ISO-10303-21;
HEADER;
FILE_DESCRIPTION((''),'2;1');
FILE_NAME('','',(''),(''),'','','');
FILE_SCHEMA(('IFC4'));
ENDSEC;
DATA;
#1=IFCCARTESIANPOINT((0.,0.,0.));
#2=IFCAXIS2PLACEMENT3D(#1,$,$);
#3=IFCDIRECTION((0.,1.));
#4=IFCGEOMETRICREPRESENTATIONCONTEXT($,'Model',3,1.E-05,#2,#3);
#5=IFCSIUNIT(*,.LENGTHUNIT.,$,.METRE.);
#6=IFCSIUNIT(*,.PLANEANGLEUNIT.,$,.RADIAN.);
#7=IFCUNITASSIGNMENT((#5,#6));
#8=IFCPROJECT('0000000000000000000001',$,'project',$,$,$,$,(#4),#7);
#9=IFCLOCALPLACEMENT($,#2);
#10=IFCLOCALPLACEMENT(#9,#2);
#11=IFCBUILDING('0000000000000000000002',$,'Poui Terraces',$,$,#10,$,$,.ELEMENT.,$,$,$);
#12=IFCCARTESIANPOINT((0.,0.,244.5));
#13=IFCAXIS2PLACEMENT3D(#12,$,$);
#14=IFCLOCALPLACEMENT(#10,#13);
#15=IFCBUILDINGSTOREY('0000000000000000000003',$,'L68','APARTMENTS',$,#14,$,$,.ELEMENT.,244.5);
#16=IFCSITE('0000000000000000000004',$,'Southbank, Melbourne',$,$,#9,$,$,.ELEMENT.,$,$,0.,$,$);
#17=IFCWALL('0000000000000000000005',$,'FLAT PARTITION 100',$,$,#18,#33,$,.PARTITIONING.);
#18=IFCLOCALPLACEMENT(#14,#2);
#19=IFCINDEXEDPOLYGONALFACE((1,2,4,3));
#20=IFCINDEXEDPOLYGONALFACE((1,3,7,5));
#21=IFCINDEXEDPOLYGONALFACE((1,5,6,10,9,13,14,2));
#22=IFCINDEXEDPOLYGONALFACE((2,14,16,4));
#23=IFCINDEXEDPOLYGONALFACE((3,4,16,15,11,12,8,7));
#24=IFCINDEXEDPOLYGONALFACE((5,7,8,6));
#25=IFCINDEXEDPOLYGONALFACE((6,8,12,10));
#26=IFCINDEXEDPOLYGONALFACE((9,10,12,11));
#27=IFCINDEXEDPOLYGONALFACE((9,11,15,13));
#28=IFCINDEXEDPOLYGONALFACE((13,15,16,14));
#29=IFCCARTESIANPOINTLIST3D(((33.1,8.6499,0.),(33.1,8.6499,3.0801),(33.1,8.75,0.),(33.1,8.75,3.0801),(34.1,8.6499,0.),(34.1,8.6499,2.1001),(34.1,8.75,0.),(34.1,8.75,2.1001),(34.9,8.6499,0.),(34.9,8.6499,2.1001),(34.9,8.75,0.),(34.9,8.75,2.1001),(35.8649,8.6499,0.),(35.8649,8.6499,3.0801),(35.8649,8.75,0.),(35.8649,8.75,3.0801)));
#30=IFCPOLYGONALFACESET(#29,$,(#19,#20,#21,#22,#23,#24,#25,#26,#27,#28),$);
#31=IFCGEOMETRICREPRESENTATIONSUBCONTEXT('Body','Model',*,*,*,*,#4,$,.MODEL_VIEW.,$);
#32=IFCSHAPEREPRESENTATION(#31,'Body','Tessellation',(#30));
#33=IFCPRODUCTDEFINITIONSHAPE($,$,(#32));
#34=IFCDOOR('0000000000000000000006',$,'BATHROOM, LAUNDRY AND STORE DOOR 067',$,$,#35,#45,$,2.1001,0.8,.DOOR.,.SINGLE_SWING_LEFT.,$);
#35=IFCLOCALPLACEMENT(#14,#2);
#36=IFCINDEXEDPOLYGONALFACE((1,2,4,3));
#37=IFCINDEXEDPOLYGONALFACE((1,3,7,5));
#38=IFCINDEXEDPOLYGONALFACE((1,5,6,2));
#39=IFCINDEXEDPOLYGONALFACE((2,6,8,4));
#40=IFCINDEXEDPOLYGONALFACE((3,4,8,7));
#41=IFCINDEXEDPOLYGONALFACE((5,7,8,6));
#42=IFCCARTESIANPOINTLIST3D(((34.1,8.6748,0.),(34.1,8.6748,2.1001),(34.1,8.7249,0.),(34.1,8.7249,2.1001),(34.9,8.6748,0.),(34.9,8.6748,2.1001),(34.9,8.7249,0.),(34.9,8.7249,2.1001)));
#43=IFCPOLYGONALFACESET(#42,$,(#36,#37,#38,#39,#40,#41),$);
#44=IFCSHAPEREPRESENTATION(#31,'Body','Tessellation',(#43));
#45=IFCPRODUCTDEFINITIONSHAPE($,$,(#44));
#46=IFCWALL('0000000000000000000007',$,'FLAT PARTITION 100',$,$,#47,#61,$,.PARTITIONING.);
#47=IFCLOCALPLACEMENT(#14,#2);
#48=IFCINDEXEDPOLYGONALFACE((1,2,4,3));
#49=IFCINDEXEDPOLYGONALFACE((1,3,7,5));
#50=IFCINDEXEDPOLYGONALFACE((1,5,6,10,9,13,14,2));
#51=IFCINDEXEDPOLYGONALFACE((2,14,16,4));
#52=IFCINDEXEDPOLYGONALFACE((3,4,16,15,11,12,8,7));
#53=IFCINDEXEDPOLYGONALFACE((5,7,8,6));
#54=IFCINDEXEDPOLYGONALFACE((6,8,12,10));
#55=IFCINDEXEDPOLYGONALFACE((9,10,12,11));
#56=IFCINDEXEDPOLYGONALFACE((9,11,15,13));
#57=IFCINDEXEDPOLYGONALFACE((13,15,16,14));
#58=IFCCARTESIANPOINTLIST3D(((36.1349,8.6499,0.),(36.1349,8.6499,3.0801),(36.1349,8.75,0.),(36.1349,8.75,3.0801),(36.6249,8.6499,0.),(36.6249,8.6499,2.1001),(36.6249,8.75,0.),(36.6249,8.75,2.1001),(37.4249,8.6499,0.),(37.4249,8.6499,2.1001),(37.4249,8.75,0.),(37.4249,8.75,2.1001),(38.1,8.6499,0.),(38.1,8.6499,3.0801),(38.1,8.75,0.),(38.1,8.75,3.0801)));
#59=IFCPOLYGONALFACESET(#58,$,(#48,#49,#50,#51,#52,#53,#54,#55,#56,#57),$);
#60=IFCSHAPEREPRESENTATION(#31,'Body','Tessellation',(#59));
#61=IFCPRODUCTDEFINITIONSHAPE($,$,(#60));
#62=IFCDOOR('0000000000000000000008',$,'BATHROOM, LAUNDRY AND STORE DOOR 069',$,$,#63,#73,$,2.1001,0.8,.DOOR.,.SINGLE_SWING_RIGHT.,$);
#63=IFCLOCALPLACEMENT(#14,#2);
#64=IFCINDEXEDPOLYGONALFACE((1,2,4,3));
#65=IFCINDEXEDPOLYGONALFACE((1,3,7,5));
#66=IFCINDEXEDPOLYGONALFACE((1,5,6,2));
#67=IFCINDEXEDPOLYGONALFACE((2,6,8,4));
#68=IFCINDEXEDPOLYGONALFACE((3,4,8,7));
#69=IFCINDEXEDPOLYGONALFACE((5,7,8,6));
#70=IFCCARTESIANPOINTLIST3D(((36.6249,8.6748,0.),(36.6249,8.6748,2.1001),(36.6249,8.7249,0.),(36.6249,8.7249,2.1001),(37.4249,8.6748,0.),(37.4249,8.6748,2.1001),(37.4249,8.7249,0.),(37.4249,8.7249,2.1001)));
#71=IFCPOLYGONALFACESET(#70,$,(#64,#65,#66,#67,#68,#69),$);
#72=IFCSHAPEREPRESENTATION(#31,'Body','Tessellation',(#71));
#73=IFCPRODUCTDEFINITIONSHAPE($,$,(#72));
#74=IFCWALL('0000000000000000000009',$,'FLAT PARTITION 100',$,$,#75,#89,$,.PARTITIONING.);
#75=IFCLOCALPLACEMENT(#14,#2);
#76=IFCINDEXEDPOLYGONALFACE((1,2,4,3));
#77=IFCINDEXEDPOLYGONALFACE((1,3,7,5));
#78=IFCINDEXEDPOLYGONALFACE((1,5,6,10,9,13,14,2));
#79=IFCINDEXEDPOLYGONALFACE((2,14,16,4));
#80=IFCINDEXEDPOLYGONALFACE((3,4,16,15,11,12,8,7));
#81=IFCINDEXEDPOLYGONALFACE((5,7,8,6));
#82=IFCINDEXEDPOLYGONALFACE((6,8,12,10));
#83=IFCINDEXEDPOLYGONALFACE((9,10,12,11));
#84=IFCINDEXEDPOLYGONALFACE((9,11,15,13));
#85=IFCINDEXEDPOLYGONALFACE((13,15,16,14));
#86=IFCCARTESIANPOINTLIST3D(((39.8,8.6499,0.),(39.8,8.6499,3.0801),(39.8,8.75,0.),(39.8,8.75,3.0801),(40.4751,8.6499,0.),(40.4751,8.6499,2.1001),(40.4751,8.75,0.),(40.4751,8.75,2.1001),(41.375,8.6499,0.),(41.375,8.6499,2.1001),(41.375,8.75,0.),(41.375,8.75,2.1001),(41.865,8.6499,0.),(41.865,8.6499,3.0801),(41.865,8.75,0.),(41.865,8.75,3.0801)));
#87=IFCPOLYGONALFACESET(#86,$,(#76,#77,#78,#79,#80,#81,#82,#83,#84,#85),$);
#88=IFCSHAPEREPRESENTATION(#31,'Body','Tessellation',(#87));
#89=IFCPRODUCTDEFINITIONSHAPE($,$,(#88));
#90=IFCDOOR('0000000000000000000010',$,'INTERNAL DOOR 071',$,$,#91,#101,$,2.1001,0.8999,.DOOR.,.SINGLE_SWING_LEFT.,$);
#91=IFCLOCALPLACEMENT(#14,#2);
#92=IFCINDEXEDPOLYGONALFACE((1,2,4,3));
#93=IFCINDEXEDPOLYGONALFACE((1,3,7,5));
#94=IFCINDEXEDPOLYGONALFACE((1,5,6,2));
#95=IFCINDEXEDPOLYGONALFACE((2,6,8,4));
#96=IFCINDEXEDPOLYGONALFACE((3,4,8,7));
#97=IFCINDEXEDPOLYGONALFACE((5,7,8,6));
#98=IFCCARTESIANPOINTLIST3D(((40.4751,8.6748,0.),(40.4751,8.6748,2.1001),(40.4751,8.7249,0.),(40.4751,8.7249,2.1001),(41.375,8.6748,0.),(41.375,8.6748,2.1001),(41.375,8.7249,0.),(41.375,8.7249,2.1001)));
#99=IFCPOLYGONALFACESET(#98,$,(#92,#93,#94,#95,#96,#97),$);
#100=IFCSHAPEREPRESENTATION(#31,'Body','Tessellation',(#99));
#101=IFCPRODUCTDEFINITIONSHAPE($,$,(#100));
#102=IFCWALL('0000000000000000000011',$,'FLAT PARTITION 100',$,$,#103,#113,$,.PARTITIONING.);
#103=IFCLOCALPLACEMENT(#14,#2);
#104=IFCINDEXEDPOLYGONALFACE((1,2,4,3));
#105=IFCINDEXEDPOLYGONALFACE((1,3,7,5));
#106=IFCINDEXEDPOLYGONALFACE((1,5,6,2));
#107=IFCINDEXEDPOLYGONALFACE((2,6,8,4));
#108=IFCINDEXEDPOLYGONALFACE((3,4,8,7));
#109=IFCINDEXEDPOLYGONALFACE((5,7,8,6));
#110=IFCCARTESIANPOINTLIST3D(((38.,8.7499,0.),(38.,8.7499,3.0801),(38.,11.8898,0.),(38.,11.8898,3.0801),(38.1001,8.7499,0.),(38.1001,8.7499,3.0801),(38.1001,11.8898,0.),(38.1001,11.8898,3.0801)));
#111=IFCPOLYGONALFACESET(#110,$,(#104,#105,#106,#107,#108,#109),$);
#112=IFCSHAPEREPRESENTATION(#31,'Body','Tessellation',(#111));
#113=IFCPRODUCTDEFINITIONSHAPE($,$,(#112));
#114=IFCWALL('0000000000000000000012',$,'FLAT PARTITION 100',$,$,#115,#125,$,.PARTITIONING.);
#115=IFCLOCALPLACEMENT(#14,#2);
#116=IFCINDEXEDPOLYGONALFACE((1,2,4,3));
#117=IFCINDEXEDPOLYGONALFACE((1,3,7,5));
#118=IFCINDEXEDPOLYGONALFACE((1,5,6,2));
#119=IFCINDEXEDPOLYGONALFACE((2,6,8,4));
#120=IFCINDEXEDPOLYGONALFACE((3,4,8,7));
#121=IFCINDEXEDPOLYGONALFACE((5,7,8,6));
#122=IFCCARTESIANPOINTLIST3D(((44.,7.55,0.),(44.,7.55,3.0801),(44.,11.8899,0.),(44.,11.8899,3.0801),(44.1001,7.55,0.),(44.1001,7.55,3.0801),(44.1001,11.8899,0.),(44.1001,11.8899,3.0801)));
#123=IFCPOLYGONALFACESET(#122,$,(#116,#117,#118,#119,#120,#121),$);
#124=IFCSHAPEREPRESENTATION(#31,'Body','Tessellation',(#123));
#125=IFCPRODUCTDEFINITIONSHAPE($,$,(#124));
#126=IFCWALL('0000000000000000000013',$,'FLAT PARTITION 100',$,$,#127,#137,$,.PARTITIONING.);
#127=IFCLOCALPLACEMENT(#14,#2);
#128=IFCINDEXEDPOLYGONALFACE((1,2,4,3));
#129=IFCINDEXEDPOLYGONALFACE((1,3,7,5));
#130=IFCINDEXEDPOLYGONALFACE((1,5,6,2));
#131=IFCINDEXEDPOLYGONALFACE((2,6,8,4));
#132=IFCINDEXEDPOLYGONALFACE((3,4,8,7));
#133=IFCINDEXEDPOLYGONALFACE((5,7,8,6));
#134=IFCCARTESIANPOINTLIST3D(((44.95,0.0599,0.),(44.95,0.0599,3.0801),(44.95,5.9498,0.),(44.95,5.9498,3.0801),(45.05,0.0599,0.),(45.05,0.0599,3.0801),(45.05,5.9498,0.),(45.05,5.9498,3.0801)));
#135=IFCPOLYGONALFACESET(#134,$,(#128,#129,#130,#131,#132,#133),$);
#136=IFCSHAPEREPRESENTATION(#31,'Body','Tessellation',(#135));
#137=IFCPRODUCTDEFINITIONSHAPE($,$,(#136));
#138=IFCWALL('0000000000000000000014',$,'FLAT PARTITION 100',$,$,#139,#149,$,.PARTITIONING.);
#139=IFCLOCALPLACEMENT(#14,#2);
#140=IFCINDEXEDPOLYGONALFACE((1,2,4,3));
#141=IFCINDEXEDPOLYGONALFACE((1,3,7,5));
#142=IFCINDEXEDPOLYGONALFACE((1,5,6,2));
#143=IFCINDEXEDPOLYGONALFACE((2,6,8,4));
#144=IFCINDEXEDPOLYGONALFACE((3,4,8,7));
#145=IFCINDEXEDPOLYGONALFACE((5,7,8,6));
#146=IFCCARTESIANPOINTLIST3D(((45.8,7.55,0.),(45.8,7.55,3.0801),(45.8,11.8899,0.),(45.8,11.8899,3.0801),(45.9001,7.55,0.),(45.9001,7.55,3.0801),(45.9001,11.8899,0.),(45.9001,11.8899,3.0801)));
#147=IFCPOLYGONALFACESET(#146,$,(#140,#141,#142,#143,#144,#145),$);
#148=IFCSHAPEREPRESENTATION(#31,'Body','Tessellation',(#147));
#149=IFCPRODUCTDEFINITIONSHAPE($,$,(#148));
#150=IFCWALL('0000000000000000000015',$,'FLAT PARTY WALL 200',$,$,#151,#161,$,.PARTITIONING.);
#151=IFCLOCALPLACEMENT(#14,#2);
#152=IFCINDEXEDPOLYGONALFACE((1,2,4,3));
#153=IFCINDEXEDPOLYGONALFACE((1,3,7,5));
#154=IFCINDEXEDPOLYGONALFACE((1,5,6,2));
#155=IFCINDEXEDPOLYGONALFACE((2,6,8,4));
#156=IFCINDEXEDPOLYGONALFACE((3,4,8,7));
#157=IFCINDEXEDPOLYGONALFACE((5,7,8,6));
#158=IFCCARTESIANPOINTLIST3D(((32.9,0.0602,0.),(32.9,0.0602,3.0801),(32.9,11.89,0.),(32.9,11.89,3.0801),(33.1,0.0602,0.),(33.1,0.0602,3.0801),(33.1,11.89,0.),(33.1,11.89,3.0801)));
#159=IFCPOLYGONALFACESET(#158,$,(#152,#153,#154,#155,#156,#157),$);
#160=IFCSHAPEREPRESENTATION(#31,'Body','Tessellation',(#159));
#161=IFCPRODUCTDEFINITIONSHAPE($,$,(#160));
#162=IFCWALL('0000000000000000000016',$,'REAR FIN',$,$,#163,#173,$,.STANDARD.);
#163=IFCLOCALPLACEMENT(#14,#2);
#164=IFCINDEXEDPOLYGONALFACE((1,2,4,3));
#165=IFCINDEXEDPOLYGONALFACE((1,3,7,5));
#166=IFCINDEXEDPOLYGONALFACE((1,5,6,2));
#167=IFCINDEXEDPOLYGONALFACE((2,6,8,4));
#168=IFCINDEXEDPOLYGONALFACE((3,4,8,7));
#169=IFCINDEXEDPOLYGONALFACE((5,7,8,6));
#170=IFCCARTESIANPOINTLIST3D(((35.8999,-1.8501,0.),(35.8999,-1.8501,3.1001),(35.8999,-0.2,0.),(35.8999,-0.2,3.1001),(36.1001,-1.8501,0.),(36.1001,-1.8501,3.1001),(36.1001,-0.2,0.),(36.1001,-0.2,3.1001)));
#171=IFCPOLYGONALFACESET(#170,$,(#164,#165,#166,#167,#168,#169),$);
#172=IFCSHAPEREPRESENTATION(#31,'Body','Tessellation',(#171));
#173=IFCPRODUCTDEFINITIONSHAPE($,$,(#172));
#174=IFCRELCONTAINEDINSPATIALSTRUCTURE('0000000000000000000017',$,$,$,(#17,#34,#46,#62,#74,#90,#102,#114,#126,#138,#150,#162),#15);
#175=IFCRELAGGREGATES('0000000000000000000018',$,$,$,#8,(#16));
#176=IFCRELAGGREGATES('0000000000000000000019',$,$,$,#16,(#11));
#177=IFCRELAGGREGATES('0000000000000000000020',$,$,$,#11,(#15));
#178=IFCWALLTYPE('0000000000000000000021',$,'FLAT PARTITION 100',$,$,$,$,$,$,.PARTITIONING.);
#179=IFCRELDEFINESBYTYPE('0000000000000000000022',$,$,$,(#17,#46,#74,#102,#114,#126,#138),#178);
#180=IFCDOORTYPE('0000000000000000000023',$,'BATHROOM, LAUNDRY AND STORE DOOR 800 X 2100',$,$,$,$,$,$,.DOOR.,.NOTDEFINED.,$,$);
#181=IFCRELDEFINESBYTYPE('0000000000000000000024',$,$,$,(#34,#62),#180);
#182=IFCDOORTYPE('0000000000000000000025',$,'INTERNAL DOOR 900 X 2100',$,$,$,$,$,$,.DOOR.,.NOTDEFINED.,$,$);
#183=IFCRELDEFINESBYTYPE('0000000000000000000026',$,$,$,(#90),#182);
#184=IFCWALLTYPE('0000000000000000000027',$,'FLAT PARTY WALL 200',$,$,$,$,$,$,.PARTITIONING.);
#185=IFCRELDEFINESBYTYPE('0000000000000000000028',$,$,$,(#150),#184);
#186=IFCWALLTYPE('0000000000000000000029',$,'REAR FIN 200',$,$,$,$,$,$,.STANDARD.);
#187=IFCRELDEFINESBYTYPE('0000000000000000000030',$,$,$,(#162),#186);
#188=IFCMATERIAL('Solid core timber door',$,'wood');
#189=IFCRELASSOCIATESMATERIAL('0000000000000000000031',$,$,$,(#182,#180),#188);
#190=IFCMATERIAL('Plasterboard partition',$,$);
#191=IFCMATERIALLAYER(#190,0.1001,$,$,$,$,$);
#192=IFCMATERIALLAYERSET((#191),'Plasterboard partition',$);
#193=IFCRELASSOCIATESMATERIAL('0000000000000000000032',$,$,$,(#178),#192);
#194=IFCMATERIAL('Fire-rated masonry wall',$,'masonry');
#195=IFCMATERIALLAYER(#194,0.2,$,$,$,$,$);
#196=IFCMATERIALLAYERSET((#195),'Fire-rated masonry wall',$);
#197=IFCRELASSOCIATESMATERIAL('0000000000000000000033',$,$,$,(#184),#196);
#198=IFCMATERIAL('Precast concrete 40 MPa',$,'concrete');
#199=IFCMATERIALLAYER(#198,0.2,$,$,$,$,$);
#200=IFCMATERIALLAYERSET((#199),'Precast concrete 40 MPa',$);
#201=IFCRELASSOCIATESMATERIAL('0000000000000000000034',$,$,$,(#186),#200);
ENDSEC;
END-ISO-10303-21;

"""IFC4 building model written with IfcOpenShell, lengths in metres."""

from ifc_helpers import new_model, si_unit, direction, frame, frame_2d, origin, place, context, subcontext, project, spatial, polyline, rectangle, outline, extrude, source, transform, mapped, material, layer, layer_set, type_object, element, fill, save


model = new_model("IFC4")

# Units and contexts
model_context = context("Model", 3, precision=1e-05, world=origin(), true_north=direction((0.0, 1.0)))
body_context = subcontext(model_context, "Body", "Model", "MODEL_VIEW")
ifc_project = project(units=[si_unit("LENGTHUNIT", "METRE"), si_unit("PLANEANGLEUNIT", "RADIAN")], contexts=[model_context])

# Site, building, storey
site_placement = place(None, origin())
site = spatial("IfcSite", under=ifc_project, at=site_placement, Name="Southbank, Melbourne", CompositionType="ELEMENT", RefElevation=0.0)
building_placement = place(site_placement, origin())
building = spatial("IfcBuilding", under=site, at=building_placement, Name="Poui Terraces", CompositionType="ELEMENT")
storey_placement = place(building_placement, frame((0.0, 0.0, 244.5)))
storey = spatial("IfcBuildingStorey", under=building, at=storey_placement, Name="L68", Description="APARTMENTS", CompositionType="ELEMENT", Elevation=244.5)

# Shared definitions
ifc_material_1 = material(Name="Precast concrete 40 MPa", Category="concrete")

# Shared definitions
ifc_material_2 = material(Name="Solid core timber door", Category="wood")
door_type_1 = type_object("IfcDoorType", Name="INTERNAL DOOR 900 X 2100", OperationType="NOTDEFINED", PredefinedType="DOOR", material=ifc_material_2)

# Walls, openings, doors
ifc_material_3 = material(Name="Plasterboard partition")
ifc_layer_1 = layer(ifc_material_3, 0.1001)
ifc_layer_set_1 = layer_set([ifc_layer_1], Name="Plasterboard partition")
wall_type_1 = type_object("IfcWallType", Name="FLAT PARTITION 100", PredefinedType="PARTITIONING", material=ifc_layer_set_1)
door_type_2 = type_object("IfcDoorType", Name="BATHROOM, LAUNDRY AND STORE DOOR 800 X 2100", OperationType="NOTDEFINED", PredefinedType="DOOR", material=ifc_material_2)
wall_1_placement = place(storey_placement, frame((33.1001, 8.7, 0.0), z_axis=(0.0, 0.0, 1.0), x_axis=(1.0, 0.0, 0.0)))
wall_1 = element("IfcWall", 1, at=wall_1_placement, inside=storey, type_object=wall_type_1, Name="FLAT PARTITION 100", PredefinedType="PARTITIONING", context=body_context, shape_type="SweptSolid", body=[
    extrude(rectangle(XDim=2.7649, YDim=0.1001, at=frame_2d((1.3823, 0.0))), origin(), (0.0, 0.0, 1.0), 3.0801),
])
opening_1_placement = place(wall_1_placement, frame((1.0, 0.0, 0.0)))
opening_1 = element("IfcOpeningElement", 2, at=opening_1_placement, cuts=wall_1, PredefinedType="OPENING", context=body_context, shape_type="SweptSolid", body=[
    extrude(rectangle(XDim=0.8, YDim=2.1001, at=frame_2d((0.3999, 1.05))), frame((0.0, 0.0601, 0.0), z_axis=(0.0, -1.0, 0.0), x_axis=(1.0, 0.0, 0.0)), (0.0, 0.0, 1.0), 0.1201),
])
door_1_placement = place(opening_1_placement, origin())
door_1 = element("IfcDoor", 3, at=door_1_placement, inside=storey, type_object=door_type_2, Name="BATHROOM, LAUNDRY AND STORE DOOR 067", OperationType="SINGLE_SWING_LEFT", OverallHeight=2.1001, OverallWidth=0.8, PredefinedType="DOOR", context=body_context, shape_type="SweptSolid", body=[
    extrude(rectangle(XDim=0.8, YDim=2.1001, at=frame_2d((0.3999, 1.05))), frame((0.0, 0.0249, 0.0), z_axis=(0.0, -1.0, 0.0), x_axis=(1.0, 0.0, 0.0)), (0.0, 0.0, 1.0), 0.05),
])
fill(opening_1, door_1)
wall_2_placement = place(storey_placement, frame((36.135, 8.7, 0.0), z_axis=(0.0, 0.0, 1.0), x_axis=(1.0, 0.0, 0.0)))
wall_2 = element("IfcWall", 4, at=wall_2_placement, inside=storey, type_object=wall_type_1, Name="FLAT PARTITION 100", PredefinedType="PARTITIONING", context=body_context, shape_type="SweptSolid", body=[
    extrude(rectangle(XDim=1.9651, YDim=0.1001, at=frame_2d((0.9824, 0.0))), origin(), (0.0, 0.0, 1.0), 3.0801),
])
opening_2_placement = place(wall_2_placement, frame((0.49, 0.0, 0.0)))
opening_2 = element("IfcOpeningElement", 5, at=opening_2_placement, cuts=wall_2, PredefinedType="OPENING", context=body_context, shape_type="SweptSolid", body=[
    extrude(rectangle(XDim=0.8, YDim=2.1001, at=frame_2d((0.3999, 1.05))), frame((0.0, 0.0601, 0.0), z_axis=(0.0, -1.0, 0.0), x_axis=(1.0, 0.0, 0.0)), (0.0, 0.0, 1.0), 0.1201),
])
door_2_placement = place(opening_2_placement, origin())
door_2 = element("IfcDoor", 6, at=door_2_placement, inside=storey, type_object=door_type_2, Name="BATHROOM, LAUNDRY AND STORE DOOR 069", OperationType="SINGLE_SWING_RIGHT", OverallHeight=2.1001, OverallWidth=0.8, PredefinedType="DOOR", context=body_context, shape_type="SweptSolid", body=[
    extrude(rectangle(XDim=0.8, YDim=2.1001, at=frame_2d((0.3999, 1.05))), frame((0.0, 0.0249, 0.0), z_axis=(0.0, -1.0, 0.0), x_axis=(1.0, 0.0, 0.0)), (0.0, 0.0, 1.0), 0.05),
])
fill(opening_2, door_2)
wall_3_placement = place(storey_placement, frame((39.8, 8.7, 0.0), z_axis=(0.0, 0.0, 1.0), x_axis=(1.0, 0.0, 0.0)))
wall_3 = element("IfcWall", 7, at=wall_3_placement, inside=storey, type_object=wall_type_1, Name="FLAT PARTITION 100", PredefinedType="PARTITIONING", context=body_context, shape_type="SweptSolid", body=[
    extrude(rectangle(XDim=2.0649, YDim=0.1001, at=frame_2d((1.0325, 0.0))), origin(), (0.0, 0.0, 1.0), 3.0801),
])
opening_3_placement = place(wall_3_placement, frame((0.675, 0.0, 0.0)))
opening_3 = element("IfcOpeningElement", 8, at=opening_3_placement, cuts=wall_3, PredefinedType="OPENING", context=body_context, shape_type="SweptSolid", body=[
    extrude(rectangle(XDim=0.8999, YDim=2.1001, at=frame_2d((0.45, 1.05))), frame((0.0, 0.0601, 0.0), z_axis=(0.0, -1.0, 0.0), x_axis=(1.0, 0.0, 0.0)), (0.0, 0.0, 1.0), 0.1201),
])
door_3_placement = place(opening_3_placement, origin())
door_3 = element("IfcDoor", 9, at=door_3_placement, inside=storey, type_object=door_type_1, Name="INTERNAL DOOR 071", OperationType="SINGLE_SWING_LEFT", OverallHeight=2.1001, OverallWidth=0.8999, PredefinedType="DOOR", context=body_context, shape_type="SweptSolid", body=[
    extrude(rectangle(XDim=0.8999, YDim=2.1001, at=frame_2d((0.45, 1.05))), frame((0.0, 0.0249, 0.0), z_axis=(0.0, -1.0, 0.0), x_axis=(1.0, 0.0, 0.0)), (0.0, 0.0, 1.0), 0.05),
])
fill(opening_3, door_3)

# Walls
wall_4_placement = place(storey_placement, frame((38.05, 8.75, 0.0), z_axis=(0.0, 0.0, 1.0), x_axis=(0.0, 1.0, 0.0)))
element("IfcWall", 10, at=wall_4_placement, inside=storey, type_object=wall_type_1, Name="FLAT PARTITION 100", PredefinedType="PARTITIONING", context=body_context, shape_type="SweptSolid", body=[
    extrude(rectangle(XDim=3.1399, YDim=0.1001, at=frame_2d((1.5698, 0.0))), origin(), (0.0, 0.0, 1.0), 3.0801),
])
wall_5_placement = place(storey_placement, frame((44.05, 7.55, 0.0), z_axis=(0.0, 0.0, 1.0), x_axis=(0.0, 1.0, 0.0)))
element("IfcWall", 11, at=wall_5_placement, inside=storey, type_object=wall_type_1, Name="FLAT PARTITION 100", PredefinedType="PARTITIONING", context=body_context, shape_type="SweptSolid", body=[
    extrude(rectangle(XDim=4.3398, YDim=0.1001, at=frame_2d((2.1699, 0.0))), origin(), (0.0, 0.0, 1.0), 3.0801),
])
wall_6_placement = place(storey_placement, frame((45.0, 0.0601, 0.0), z_axis=(0.0, 0.0, 1.0), x_axis=(0.0, 1.0, 0.0)))
element("IfcWall", 12, at=wall_6_placement, inside=storey, type_object=wall_type_1, Name="FLAT PARTITION 100", PredefinedType="PARTITIONING", context=body_context, shape_type="SweptSolid", body=[
    extrude(rectangle(XDim=5.8899, YDim=0.1001, at=frame_2d((2.9448, 0.0))), origin(), (0.0, 0.0, 1.0), 3.0801),
])
wall_7_placement = place(storey_placement, frame((45.8501, 7.55, 0.0), z_axis=(0.0, 0.0, 1.0), x_axis=(0.0, 1.0, 0.0)))
element("IfcWall", 13, at=wall_7_placement, inside=storey, type_object=wall_type_1, Name="FLAT PARTITION 100", PredefinedType="PARTITIONING", context=body_context, shape_type="SweptSolid", body=[
    extrude(rectangle(XDim=4.3398, YDim=0.1001, at=frame_2d((2.1699, 0.0))), origin(), (0.0, 0.0, 1.0), 3.0801),
])
ifc_material_4 = material(Name="Fire-rated masonry wall", Category="masonry")
ifc_layer_2 = layer(ifc_material_4, 0.2)
ifc_layer_set_2 = layer_set([ifc_layer_2], Name="Fire-rated masonry wall")
wall_type_2 = type_object("IfcWallType", Name="FLAT PARTY WALL 200", PredefinedType="PARTITIONING", material=ifc_layer_set_2)
wall_8_placement = place(storey_placement, frame((33.0, 0.0601, 0.0), z_axis=(0.0, 0.0, 1.0), x_axis=(0.0, 1.0, 0.0)))
element("IfcWall", 14, at=wall_8_placement, inside=storey, type_object=wall_type_2, Name="FLAT PARTY WALL 200", PredefinedType="PARTITIONING", context=body_context, shape_type="SweptSolid", body=[
    extrude(rectangle(XDim=11.8298, YDim=0.2, at=frame_2d((5.915, 0.0))), origin(), (0.0, 0.0, 1.0), 3.0801),
])
ifc_layer_3 = layer(ifc_material_1, 0.2)
ifc_layer_set_3 = layer_set([ifc_layer_3], Name="Precast concrete 40 MPa")
wall_type_3 = type_object("IfcWallType", Name="REAR FIN 200", PredefinedType="STANDARD", material=ifc_layer_set_3)
shared_shape_1 = source(origin(), body_context, "Body", "SweptSolid", [
    extrude(outline(polyline([(0.0, 0.0), (0.2002, 0.0), (0.2002, 1.6501), (0.0, 1.6501), (0.0, 0.0)])), origin(), (0.0, 0.0, 1.0), 3.1001),
])
for number, where, name in (
    (15, (35.8999, -1.8501, 0.0), "REAR FIN"),
):
    element("IfcWall", number, at=place(storey_placement, frame(where)), inside=storey, type_object=wall_type_3, Name=name, PredefinedType="STANDARD", context=body_context, shape_type="MappedRepresentation", body=[
        mapped(shared_shape_1, transform((0.0, 0.0, 0.0))),
    ])

save(model, "model.ifc")
